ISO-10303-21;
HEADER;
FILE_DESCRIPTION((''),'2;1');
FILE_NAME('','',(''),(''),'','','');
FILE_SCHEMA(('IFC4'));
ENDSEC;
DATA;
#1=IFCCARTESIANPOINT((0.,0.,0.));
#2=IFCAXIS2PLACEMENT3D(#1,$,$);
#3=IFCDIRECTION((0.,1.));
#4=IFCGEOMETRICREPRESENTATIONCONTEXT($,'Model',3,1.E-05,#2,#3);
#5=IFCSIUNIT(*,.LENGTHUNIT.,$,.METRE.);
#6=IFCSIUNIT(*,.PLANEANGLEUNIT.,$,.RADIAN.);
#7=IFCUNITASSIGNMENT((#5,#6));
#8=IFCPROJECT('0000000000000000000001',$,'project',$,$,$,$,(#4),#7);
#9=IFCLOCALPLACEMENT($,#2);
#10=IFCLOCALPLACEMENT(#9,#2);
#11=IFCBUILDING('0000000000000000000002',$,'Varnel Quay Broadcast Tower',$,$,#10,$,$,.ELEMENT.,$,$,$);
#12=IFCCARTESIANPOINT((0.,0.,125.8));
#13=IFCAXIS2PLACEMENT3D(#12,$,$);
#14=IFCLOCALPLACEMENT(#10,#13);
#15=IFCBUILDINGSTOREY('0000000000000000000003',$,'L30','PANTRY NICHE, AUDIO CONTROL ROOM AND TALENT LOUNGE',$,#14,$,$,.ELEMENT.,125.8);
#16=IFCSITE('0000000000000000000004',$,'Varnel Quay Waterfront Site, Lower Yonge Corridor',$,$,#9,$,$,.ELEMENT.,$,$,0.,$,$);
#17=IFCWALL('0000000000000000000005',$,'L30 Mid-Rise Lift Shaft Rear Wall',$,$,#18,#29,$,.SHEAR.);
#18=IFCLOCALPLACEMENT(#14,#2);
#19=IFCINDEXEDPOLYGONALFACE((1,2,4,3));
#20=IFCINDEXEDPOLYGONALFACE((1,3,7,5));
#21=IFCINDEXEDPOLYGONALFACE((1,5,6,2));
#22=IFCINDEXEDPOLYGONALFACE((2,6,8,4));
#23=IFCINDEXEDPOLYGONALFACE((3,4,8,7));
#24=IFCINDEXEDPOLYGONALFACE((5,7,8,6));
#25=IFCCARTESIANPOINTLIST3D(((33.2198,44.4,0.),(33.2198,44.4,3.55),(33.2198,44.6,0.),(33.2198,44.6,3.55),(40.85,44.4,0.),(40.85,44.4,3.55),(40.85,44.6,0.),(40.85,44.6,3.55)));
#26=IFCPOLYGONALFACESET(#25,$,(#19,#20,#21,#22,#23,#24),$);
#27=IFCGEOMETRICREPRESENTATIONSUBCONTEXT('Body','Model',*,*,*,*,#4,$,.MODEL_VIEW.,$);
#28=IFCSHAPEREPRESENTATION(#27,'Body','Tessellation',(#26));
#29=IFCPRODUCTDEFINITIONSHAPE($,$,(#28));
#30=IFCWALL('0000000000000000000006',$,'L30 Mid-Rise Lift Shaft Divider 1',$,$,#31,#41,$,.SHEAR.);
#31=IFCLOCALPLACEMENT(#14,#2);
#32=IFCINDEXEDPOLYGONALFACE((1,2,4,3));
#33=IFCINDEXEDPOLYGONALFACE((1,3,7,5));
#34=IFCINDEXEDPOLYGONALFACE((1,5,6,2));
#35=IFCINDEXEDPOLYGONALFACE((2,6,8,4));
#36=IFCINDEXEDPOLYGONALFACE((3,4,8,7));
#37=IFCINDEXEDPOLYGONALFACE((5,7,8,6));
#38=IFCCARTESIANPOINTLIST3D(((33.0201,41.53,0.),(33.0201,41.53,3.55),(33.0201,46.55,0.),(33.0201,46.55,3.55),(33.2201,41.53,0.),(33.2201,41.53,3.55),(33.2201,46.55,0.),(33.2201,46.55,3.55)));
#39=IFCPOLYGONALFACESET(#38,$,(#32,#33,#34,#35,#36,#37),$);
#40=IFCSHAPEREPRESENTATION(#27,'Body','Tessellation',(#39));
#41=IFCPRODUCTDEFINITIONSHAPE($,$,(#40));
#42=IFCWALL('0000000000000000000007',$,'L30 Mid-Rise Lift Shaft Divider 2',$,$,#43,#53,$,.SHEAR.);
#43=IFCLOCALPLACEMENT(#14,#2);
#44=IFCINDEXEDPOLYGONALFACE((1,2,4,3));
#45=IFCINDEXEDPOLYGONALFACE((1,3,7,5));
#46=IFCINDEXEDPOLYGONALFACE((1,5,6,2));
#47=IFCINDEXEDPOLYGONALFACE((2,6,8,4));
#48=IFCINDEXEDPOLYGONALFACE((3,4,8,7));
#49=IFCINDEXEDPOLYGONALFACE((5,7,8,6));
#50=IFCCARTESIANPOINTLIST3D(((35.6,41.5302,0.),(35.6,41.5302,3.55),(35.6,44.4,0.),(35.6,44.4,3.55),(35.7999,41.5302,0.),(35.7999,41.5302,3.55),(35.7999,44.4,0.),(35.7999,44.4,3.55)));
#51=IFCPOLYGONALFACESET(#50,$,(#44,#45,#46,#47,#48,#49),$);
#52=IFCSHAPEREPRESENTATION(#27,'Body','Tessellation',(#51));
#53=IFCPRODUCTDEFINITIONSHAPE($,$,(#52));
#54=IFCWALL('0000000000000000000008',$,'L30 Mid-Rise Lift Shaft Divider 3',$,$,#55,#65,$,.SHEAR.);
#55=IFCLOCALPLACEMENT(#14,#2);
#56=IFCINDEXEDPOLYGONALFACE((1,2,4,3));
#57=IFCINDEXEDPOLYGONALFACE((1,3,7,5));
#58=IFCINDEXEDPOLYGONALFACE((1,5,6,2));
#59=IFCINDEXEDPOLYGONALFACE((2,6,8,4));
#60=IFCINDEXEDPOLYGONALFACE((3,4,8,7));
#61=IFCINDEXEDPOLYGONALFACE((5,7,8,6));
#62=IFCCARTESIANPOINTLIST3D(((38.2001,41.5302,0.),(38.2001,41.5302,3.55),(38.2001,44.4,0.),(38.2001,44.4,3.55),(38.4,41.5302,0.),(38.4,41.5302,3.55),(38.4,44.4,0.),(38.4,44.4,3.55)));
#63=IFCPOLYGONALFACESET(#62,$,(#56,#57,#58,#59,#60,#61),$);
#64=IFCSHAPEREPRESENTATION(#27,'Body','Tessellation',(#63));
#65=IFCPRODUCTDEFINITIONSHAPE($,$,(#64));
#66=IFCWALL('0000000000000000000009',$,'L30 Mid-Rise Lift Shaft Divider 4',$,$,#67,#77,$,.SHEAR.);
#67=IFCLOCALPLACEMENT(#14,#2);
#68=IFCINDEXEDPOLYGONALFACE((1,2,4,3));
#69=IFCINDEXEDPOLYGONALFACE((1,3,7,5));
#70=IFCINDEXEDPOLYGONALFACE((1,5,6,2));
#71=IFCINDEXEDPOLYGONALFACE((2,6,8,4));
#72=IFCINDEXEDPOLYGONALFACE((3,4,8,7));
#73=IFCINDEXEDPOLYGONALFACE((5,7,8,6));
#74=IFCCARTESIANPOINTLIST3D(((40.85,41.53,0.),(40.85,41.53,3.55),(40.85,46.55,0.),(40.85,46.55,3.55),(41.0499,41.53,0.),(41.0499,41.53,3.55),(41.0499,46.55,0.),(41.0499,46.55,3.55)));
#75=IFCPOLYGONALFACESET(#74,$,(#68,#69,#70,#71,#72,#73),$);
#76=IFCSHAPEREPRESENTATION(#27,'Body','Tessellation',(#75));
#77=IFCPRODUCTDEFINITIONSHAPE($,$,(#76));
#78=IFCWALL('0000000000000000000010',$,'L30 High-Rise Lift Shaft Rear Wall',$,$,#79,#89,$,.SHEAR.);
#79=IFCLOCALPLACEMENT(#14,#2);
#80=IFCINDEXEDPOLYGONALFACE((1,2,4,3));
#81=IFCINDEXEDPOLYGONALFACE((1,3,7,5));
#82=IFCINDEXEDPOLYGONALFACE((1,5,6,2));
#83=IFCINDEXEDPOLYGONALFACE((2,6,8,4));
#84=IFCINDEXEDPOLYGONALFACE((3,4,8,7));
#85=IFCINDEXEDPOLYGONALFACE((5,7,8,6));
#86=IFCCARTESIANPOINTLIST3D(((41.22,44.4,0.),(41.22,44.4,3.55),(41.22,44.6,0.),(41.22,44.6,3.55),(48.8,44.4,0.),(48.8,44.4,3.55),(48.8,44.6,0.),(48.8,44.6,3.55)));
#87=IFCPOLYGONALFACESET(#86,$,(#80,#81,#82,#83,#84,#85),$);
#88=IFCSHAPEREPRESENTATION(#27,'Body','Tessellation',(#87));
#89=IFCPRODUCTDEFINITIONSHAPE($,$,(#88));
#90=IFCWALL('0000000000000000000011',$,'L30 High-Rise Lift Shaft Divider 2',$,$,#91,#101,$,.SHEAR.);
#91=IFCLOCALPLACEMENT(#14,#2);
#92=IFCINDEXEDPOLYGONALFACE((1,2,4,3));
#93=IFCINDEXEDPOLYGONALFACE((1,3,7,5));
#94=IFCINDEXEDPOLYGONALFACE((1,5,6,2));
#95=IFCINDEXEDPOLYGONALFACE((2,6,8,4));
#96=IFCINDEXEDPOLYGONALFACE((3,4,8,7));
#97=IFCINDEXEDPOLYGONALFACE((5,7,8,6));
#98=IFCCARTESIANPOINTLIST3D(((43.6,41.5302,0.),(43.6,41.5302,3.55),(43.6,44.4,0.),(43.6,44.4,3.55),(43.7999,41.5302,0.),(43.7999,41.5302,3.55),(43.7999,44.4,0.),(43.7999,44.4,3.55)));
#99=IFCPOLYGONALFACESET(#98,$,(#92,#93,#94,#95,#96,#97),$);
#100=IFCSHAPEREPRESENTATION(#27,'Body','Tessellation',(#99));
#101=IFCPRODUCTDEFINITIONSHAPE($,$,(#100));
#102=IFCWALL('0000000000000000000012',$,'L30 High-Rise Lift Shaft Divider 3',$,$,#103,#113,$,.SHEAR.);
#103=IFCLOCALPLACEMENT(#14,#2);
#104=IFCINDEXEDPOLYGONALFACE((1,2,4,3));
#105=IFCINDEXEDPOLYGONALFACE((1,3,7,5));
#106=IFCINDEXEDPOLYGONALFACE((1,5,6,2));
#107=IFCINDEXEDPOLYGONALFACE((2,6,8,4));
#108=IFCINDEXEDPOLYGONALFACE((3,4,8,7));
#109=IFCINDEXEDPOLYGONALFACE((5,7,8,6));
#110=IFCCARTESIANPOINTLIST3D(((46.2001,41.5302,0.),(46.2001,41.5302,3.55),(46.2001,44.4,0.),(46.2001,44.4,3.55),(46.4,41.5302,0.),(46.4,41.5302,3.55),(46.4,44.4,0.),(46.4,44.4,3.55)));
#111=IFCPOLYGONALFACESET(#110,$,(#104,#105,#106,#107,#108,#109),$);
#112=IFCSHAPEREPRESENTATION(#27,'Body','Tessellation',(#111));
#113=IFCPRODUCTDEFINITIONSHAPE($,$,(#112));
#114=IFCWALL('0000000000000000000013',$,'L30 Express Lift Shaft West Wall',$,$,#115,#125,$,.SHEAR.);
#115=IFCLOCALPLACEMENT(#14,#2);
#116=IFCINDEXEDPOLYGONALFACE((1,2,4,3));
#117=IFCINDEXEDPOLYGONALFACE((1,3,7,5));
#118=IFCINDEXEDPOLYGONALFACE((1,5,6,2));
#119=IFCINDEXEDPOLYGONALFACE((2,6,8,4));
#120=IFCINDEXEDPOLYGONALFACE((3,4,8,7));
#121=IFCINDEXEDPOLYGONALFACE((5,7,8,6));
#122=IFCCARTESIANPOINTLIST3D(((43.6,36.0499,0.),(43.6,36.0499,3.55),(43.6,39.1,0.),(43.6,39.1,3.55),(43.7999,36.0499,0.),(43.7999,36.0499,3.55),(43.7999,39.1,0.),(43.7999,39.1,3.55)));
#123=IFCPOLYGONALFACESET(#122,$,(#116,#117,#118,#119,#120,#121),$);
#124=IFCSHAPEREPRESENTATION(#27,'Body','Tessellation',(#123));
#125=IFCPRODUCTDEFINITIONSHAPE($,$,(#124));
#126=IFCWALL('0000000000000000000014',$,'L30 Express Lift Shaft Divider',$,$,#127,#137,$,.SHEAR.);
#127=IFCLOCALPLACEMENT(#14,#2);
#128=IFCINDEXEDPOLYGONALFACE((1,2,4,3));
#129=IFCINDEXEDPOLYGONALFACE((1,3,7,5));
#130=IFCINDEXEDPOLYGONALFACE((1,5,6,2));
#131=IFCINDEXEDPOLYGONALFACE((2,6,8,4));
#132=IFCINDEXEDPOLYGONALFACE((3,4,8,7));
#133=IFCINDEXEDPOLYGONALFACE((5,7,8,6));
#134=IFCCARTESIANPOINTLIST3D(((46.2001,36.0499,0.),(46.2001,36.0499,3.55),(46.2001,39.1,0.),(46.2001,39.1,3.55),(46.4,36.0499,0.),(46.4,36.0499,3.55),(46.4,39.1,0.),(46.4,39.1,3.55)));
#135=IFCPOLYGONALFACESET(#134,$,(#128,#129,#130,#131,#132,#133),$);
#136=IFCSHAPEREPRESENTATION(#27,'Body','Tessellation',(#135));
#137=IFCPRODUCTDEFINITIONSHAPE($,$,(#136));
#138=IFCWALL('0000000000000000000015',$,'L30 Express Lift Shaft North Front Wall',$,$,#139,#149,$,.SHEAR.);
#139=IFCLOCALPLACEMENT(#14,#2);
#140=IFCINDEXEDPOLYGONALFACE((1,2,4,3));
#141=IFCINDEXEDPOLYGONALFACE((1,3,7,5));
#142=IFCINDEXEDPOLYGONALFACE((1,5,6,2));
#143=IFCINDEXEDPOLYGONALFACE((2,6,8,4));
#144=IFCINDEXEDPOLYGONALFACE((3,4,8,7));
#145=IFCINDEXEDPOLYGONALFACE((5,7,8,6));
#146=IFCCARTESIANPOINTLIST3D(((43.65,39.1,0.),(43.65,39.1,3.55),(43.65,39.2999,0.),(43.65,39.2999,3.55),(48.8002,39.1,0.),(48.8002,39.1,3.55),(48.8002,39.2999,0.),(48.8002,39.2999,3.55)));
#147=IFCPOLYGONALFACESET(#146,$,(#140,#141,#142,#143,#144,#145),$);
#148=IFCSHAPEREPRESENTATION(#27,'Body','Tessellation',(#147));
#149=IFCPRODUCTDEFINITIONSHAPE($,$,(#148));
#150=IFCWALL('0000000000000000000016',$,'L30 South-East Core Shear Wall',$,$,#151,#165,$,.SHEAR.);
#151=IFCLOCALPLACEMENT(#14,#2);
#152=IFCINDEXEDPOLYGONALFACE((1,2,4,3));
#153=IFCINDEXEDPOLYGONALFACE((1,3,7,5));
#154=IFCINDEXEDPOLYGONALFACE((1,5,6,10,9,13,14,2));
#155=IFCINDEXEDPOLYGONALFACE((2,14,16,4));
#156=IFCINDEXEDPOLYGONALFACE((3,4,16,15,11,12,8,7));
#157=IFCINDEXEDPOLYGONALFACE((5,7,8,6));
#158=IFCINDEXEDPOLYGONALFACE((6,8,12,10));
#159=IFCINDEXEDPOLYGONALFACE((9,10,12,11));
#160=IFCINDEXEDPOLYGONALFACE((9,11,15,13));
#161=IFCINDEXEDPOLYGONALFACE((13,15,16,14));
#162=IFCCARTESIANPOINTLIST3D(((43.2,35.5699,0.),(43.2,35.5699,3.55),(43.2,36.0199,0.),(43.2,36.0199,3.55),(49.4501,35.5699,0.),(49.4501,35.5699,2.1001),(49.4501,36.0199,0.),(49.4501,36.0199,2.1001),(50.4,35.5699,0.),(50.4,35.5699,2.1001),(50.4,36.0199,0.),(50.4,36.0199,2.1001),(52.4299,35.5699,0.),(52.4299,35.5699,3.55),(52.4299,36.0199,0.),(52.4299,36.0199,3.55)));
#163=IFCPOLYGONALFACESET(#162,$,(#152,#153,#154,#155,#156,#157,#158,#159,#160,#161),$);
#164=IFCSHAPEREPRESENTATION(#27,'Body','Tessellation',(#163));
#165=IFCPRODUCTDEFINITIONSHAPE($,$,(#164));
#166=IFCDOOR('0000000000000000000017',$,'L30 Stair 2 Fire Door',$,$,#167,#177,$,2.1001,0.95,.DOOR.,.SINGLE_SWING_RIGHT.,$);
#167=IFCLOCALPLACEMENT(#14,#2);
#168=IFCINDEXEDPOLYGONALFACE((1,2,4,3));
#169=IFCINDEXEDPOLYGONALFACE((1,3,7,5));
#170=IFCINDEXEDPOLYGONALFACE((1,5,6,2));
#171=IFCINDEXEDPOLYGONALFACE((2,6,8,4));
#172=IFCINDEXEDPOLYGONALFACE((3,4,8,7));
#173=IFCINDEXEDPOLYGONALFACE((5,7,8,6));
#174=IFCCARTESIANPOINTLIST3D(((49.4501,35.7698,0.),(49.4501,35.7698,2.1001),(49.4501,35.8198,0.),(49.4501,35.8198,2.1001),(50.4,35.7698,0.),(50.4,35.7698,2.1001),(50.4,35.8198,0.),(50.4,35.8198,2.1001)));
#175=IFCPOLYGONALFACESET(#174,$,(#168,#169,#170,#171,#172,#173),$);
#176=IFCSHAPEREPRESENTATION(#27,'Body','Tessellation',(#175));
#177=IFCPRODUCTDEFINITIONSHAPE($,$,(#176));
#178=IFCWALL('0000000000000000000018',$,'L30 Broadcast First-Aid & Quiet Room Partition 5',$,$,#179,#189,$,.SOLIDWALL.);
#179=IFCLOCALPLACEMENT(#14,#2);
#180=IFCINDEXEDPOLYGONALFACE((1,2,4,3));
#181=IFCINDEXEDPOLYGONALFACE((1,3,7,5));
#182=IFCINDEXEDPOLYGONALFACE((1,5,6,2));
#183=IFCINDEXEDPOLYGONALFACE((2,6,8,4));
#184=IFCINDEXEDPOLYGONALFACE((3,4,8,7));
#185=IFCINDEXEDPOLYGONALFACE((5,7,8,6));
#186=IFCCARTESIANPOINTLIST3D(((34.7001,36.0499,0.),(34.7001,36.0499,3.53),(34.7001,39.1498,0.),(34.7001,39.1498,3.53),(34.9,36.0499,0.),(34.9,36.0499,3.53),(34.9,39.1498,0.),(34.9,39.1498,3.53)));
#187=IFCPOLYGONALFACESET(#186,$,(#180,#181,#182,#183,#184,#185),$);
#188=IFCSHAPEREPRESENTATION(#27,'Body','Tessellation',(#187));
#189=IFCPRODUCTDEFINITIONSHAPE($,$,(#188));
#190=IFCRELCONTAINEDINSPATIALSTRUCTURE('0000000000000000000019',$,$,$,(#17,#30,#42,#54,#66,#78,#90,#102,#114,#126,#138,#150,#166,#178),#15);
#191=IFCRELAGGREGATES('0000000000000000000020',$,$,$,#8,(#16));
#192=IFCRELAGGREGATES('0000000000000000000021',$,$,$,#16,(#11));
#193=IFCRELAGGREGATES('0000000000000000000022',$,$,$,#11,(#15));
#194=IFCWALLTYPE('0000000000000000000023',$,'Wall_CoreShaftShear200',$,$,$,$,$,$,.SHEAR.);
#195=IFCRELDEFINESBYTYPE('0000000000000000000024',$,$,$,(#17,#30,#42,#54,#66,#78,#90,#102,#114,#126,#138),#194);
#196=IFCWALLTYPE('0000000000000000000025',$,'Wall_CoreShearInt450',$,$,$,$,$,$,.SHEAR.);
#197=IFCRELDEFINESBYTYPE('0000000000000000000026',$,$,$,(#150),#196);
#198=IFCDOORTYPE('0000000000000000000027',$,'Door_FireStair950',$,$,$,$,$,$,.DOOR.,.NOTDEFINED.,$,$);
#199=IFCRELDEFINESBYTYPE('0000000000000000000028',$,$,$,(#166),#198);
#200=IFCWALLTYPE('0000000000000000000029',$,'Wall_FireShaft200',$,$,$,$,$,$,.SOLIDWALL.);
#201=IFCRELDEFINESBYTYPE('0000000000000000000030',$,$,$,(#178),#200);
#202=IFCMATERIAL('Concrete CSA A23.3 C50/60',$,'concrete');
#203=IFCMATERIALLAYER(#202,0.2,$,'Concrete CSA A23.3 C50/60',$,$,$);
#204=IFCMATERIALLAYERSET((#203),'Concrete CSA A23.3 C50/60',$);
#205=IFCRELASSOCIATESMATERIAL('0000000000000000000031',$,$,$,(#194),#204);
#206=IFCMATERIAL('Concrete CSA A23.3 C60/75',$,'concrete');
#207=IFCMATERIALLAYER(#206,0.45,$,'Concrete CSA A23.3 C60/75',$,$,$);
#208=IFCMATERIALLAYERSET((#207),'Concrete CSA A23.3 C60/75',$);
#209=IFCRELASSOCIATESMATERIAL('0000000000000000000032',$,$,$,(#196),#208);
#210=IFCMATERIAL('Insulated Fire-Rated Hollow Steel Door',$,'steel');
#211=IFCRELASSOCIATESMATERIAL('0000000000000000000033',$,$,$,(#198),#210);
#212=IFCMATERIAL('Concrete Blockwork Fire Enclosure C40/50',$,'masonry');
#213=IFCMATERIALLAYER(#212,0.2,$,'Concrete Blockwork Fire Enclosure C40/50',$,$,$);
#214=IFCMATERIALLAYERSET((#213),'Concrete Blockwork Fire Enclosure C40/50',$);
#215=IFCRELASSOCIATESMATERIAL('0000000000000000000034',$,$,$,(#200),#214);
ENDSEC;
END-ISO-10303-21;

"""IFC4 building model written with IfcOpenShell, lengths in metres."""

from ifc_helpers import new_model, si_unit, direction, frame, frame_2d, origin, place, context, subcontext, project, spatial, rectangle, extrude, source, transform, mapped, material, layer, layer_set, type_object, type_shapes, element, fill, save


model = new_model("IFC4")

# Units and contexts
model_context = context("Model", 3, precision=1e-05, world=origin(), true_north=direction((0.0, 1.0)))
body_context = subcontext(model_context, "Body", "Model", "MODEL_VIEW")
ifc_project = project(units=[si_unit("LENGTHUNIT", "METRE"), si_unit("PLANEANGLEUNIT", "RADIAN")], contexts=[model_context])

# Site, building, storey
site_placement = place(None, origin())
site = spatial("IfcSite", under=ifc_project, at=site_placement, Name="Varnel Quay Waterfront Site, Lower Yonge Corridor", CompositionType="ELEMENT", RefElevation=0.0)
building_placement = place(site_placement, origin())
building = spatial("IfcBuilding", under=site, at=building_placement, Name="Varnel Quay Broadcast Tower", CompositionType="ELEMENT")
storey_placement = place(building_placement, frame((0.0, 0.0, 125.8)))
storey = spatial("IfcBuildingStorey", under=building, at=storey_placement, Name="L30", Description="PANTRY NICHE, AUDIO CONTROL ROOM AND TALENT LOUNGE", CompositionType="ELEMENT", Elevation=125.8)

# Shared definitions
ifc_material_1 = material(Name="Concrete CSA A23.3 C60/75", Category="concrete")

# Walls
ifc_material_2 = material(Name="Concrete CSA A23.3 C50/60", Category="concrete")
ifc_layer_1 = layer(ifc_material_2, 0.2, Name="Concrete CSA A23.3 C50/60")
ifc_layer_set_1 = layer_set([ifc_layer_1], Name="Concrete CSA A23.3 C50/60")
wall_type_1 = type_object("IfcWallType", Name="Wall_CoreShaftShear200", PredefinedType="SHEAR", material=ifc_layer_set_1)
wall_1_placement = place(storey_placement, frame((33.22, 44.5, 0.0), z_axis=(0.0, 0.0, 1.0), x_axis=(1.0, 0.0, 0.0)))
element("IfcWall", 1, at=wall_1_placement, inside=storey, type_object=wall_type_1, Name="L30 Mid-Rise Lift Shaft Rear Wall", PredefinedType="SHEAR", context=body_context, shape_type="SweptSolid", body=[
    extrude(rectangle(XDim=7.6301, YDim=0.2, at=frame_2d((3.8149, 0.0))), origin(), (0.0, 0.0, 1.0), 3.55),
])
wall_2_placement = place(storey_placement, frame((33.1201, 41.53, 0.0), z_axis=(0.0, 0.0, 1.0), x_axis=(0.0, 1.0, 0.0)))
element("IfcWall", 2, at=wall_2_placement, inside=storey, type_object=wall_type_1, Name="L30 Mid-Rise Lift Shaft Divider 1", PredefinedType="SHEAR", context=body_context, shape_type="SweptSolid", body=[
    extrude(rectangle(XDim=5.02, YDim=0.2, at=frame_2d((2.51, 0.0))), origin(), (0.0, 0.0, 1.0), 3.55),
])
for number, where, z_axis, x_axis, name in (
    (3, (35.7, 41.53, 0.0), (0.0, 0.0, 1.0), (0.0, 1.0, 0.0), "L30 Mid-Rise Lift Shaft Divider 2"),
    (4, (38.3, 41.53, 0.0), (0.0, 0.0, 1.0), (0.0, 1.0, 0.0), "L30 Mid-Rise Lift Shaft Divider 3"),
):
    element("IfcWall", number, at=place(storey_placement, frame(where, z_axis=z_axis, x_axis=x_axis)), inside=storey, type_object=wall_type_1, Name=name, PredefinedType="SHEAR", context=body_context, shape_type="SweptSolid", body=[
        extrude(rectangle(XDim=2.8699, YDim=0.2, at=frame_2d((1.4351, 0.0))), origin(), (0.0, 0.0, 1.0), 3.55),
    ])
wall_3_placement = place(storey_placement, frame((40.95, 41.53, 0.0), z_axis=(0.0, 0.0, 1.0), x_axis=(0.0, 1.0, 0.0)))
element("IfcWall", 5, at=wall_3_placement, inside=storey, type_object=wall_type_1, Name="L30 Mid-Rise Lift Shaft Divider 4", PredefinedType="SHEAR", context=body_context, shape_type="SweptSolid", body=[
    extrude(rectangle(XDim=5.02, YDim=0.2, at=frame_2d((2.51, 0.0))), origin(), (0.0, 0.0, 1.0), 3.55),
])
wall_4_placement = place(storey_placement, frame((41.22, 44.5, 0.0), z_axis=(0.0, 0.0, 1.0), x_axis=(1.0, 0.0, 0.0)))
element("IfcWall", 6, at=wall_4_placement, inside=storey, type_object=wall_type_1, Name="L30 High-Rise Lift Shaft Rear Wall", PredefinedType="SHEAR", context=body_context, shape_type="SweptSolid", body=[
    extrude(rectangle(XDim=7.5801, YDim=0.2, at=frame_2d((3.79, 0.0))), origin(), (0.0, 0.0, 1.0), 3.55),
])
for number, where, z_axis, x_axis, name in (
    (7, (43.7, 41.53, 0.0), (0.0, 0.0, 1.0), (0.0, 1.0, 0.0), "L30 High-Rise Lift Shaft Divider 2"),
    (8, (46.3, 41.53, 0.0), (0.0, 0.0, 1.0), (0.0, 1.0, 0.0), "L30 High-Rise Lift Shaft Divider 3"),
):
    element("IfcWall", number, at=place(storey_placement, frame(where, z_axis=z_axis, x_axis=x_axis)), inside=storey, type_object=wall_type_1, Name=name, PredefinedType="SHEAR", context=body_context, shape_type="SweptSolid", body=[
        extrude(rectangle(XDim=2.8699, YDim=0.2, at=frame_2d((1.4351, 0.0))), origin(), (0.0, 0.0, 1.0), 3.55),
    ])
for number, where, z_axis, x_axis, name in (
    (9, (43.7, 36.05, 0.0), (0.0, 0.0, 1.0), (0.0, 1.0, 0.0), "L30 Express Lift Shaft West Wall"),
    (10, (46.3, 36.05, 0.0), (0.0, 0.0, 1.0), (0.0, 1.0, 0.0), "L30 Express Lift Shaft Divider"),
):
    element("IfcWall", number, at=place(storey_placement, frame(where, z_axis=z_axis, x_axis=x_axis)), inside=storey, type_object=wall_type_1, Name=name, PredefinedType="SHEAR", context=body_context, shape_type="SweptSolid", body=[
        extrude(rectangle(XDim=3.05, YDim=0.2, at=frame_2d((1.5249, 0.0))), origin(), (0.0, 0.0, 1.0), 3.55),
    ])
wall_5_placement = place(storey_placement, frame((43.6499, 39.2, 0.0), z_axis=(0.0, 0.0, 1.0), x_axis=(1.0, 0.0, 0.0)))
element("IfcWall", 11, at=wall_5_placement, inside=storey, type_object=wall_type_1, Name="L30 Express Lift Shaft North Front Wall", PredefinedType="SHEAR", context=body_context, shape_type="SweptSolid", body=[
    extrude(rectangle(XDim=5.1501, YDim=0.2, at=frame_2d((2.5752, 0.0))), origin(), (0.0, 0.0, 1.0), 3.55),
])

# Wall, opening, door
ifc_layer_2 = layer(ifc_material_1, 0.45, Name="Concrete CSA A23.3 C60/75")
ifc_layer_set_2 = layer_set([ifc_layer_2], Name="Concrete CSA A23.3 C60/75")
wall_type_2 = type_object("IfcWallType", Name="Wall_CoreShearInt450", PredefinedType="SHEAR", material=ifc_layer_set_2)
wall_6_placement = place(storey_placement, frame((43.2, 35.7949, 0.0), z_axis=(0.0, 0.0, 1.0), x_axis=(1.0, 0.0, 0.0)))
wall_6 = element("IfcWall", 12, at=wall_6_placement, inside=storey, type_object=wall_type_2, Name="L30 South-East Core Shear Wall", PredefinedType="SHEAR", context=body_context, shape_type="SweptSolid", body=[
    extrude(rectangle(XDim=9.23, YDim=0.45, at=frame_2d((4.615, 0.0))), origin(), (0.0, 0.0, 1.0), 3.55),
])
opening_1_placement = place(wall_6_placement, frame((6.25, 0.0, 0.0)))
opening_1 = element("IfcOpeningElement", 13, at=opening_1_placement, cuts=wall_6, PredefinedType="OPENING", context=body_context, shape_type="SweptSolid", body=[
    extrude(rectangle(XDim=0.95, YDim=2.1001, at=frame_2d((0.4751, 1.05))), frame((0.0, 0.2349, 0.0), z_axis=(0.0, -1.0, 0.0), x_axis=(1.0, 0.0, 0.0)), (0.0, 0.0, 1.0), 0.47),
])
ifc_material_3 = material(Name="Insulated Fire-Rated Hollow Steel Door", Category="steel")
door_type_1 = type_object("IfcDoorType", Name="Door_FireStair950", OperationType="NOTDEFINED", PredefinedType="DOOR", material=ifc_material_3)
shared_shape_1 = source(origin(), body_context, "Body", "SweptSolid", [
    extrude(rectangle(XDim=0.95, YDim=2.1001, at=frame_2d((0.4751, 1.05))), frame((0.0, 0.0249, 0.0), z_axis=(0.0, -1.0, 0.0), x_axis=(1.0, 0.0, 0.0)), (0.0, 0.0, 1.0), 0.05),
])
type_shapes(door_type_1, [shared_shape_1])
door_1_placement = place(opening_1_placement, origin())
door_1 = element("IfcDoor", 14, at=door_1_placement, inside=storey, type_object=door_type_1, Name="L30 Stair 2 Fire Door", OperationType="SINGLE_SWING_RIGHT", OverallHeight=2.1001, OverallWidth=0.95, PredefinedType="DOOR", context=body_context, shape_type="MappedRepresentation", body=[
    mapped(shared_shape_1, transform((0.0, 0.0, 0.0), x_axis=(1.0, 0.0, 0.0), y_axis=(0.0, 1.0, 0.0), z_axis=(0.0, 0.0, 1.0), scale=1.0)),
])
fill(opening_1, door_1)

# Wall
ifc_material_4 = material(Name="Concrete Blockwork Fire Enclosure C40/50", Category="masonry")
ifc_layer_3 = layer(ifc_material_4, 0.2, Name="Concrete Blockwork Fire Enclosure C40/50")
ifc_layer_set_3 = layer_set([ifc_layer_3], Name="Concrete Blockwork Fire Enclosure C40/50")
wall_type_3 = type_object("IfcWallType", Name="Wall_FireShaft200", PredefinedType="SOLIDWALL", material=ifc_layer_set_3)
for number, where, z_axis, x_axis, name in (
    (15, (34.8, 36.05, 0.0), (0.0, 0.0, 1.0), (0.0, 1.0, 0.0), "L30 Broadcast First-Aid & Quiet Room Partition 5"),
):
    element("IfcWall", number, at=place(storey_placement, frame(where, z_axis=z_axis, x_axis=x_axis)), inside=storey, type_object=wall_type_3, Name=name, PredefinedType="SOLIDWALL", context=body_context, shape_type="SweptSolid", body=[
        extrude(rectangle(XDim=3.0999, YDim=0.2, at=frame_2d((1.5498, 0.0))), origin(), (0.0, 0.0, 1.0), 3.53),
    ])

save(model, "model.ifc")
